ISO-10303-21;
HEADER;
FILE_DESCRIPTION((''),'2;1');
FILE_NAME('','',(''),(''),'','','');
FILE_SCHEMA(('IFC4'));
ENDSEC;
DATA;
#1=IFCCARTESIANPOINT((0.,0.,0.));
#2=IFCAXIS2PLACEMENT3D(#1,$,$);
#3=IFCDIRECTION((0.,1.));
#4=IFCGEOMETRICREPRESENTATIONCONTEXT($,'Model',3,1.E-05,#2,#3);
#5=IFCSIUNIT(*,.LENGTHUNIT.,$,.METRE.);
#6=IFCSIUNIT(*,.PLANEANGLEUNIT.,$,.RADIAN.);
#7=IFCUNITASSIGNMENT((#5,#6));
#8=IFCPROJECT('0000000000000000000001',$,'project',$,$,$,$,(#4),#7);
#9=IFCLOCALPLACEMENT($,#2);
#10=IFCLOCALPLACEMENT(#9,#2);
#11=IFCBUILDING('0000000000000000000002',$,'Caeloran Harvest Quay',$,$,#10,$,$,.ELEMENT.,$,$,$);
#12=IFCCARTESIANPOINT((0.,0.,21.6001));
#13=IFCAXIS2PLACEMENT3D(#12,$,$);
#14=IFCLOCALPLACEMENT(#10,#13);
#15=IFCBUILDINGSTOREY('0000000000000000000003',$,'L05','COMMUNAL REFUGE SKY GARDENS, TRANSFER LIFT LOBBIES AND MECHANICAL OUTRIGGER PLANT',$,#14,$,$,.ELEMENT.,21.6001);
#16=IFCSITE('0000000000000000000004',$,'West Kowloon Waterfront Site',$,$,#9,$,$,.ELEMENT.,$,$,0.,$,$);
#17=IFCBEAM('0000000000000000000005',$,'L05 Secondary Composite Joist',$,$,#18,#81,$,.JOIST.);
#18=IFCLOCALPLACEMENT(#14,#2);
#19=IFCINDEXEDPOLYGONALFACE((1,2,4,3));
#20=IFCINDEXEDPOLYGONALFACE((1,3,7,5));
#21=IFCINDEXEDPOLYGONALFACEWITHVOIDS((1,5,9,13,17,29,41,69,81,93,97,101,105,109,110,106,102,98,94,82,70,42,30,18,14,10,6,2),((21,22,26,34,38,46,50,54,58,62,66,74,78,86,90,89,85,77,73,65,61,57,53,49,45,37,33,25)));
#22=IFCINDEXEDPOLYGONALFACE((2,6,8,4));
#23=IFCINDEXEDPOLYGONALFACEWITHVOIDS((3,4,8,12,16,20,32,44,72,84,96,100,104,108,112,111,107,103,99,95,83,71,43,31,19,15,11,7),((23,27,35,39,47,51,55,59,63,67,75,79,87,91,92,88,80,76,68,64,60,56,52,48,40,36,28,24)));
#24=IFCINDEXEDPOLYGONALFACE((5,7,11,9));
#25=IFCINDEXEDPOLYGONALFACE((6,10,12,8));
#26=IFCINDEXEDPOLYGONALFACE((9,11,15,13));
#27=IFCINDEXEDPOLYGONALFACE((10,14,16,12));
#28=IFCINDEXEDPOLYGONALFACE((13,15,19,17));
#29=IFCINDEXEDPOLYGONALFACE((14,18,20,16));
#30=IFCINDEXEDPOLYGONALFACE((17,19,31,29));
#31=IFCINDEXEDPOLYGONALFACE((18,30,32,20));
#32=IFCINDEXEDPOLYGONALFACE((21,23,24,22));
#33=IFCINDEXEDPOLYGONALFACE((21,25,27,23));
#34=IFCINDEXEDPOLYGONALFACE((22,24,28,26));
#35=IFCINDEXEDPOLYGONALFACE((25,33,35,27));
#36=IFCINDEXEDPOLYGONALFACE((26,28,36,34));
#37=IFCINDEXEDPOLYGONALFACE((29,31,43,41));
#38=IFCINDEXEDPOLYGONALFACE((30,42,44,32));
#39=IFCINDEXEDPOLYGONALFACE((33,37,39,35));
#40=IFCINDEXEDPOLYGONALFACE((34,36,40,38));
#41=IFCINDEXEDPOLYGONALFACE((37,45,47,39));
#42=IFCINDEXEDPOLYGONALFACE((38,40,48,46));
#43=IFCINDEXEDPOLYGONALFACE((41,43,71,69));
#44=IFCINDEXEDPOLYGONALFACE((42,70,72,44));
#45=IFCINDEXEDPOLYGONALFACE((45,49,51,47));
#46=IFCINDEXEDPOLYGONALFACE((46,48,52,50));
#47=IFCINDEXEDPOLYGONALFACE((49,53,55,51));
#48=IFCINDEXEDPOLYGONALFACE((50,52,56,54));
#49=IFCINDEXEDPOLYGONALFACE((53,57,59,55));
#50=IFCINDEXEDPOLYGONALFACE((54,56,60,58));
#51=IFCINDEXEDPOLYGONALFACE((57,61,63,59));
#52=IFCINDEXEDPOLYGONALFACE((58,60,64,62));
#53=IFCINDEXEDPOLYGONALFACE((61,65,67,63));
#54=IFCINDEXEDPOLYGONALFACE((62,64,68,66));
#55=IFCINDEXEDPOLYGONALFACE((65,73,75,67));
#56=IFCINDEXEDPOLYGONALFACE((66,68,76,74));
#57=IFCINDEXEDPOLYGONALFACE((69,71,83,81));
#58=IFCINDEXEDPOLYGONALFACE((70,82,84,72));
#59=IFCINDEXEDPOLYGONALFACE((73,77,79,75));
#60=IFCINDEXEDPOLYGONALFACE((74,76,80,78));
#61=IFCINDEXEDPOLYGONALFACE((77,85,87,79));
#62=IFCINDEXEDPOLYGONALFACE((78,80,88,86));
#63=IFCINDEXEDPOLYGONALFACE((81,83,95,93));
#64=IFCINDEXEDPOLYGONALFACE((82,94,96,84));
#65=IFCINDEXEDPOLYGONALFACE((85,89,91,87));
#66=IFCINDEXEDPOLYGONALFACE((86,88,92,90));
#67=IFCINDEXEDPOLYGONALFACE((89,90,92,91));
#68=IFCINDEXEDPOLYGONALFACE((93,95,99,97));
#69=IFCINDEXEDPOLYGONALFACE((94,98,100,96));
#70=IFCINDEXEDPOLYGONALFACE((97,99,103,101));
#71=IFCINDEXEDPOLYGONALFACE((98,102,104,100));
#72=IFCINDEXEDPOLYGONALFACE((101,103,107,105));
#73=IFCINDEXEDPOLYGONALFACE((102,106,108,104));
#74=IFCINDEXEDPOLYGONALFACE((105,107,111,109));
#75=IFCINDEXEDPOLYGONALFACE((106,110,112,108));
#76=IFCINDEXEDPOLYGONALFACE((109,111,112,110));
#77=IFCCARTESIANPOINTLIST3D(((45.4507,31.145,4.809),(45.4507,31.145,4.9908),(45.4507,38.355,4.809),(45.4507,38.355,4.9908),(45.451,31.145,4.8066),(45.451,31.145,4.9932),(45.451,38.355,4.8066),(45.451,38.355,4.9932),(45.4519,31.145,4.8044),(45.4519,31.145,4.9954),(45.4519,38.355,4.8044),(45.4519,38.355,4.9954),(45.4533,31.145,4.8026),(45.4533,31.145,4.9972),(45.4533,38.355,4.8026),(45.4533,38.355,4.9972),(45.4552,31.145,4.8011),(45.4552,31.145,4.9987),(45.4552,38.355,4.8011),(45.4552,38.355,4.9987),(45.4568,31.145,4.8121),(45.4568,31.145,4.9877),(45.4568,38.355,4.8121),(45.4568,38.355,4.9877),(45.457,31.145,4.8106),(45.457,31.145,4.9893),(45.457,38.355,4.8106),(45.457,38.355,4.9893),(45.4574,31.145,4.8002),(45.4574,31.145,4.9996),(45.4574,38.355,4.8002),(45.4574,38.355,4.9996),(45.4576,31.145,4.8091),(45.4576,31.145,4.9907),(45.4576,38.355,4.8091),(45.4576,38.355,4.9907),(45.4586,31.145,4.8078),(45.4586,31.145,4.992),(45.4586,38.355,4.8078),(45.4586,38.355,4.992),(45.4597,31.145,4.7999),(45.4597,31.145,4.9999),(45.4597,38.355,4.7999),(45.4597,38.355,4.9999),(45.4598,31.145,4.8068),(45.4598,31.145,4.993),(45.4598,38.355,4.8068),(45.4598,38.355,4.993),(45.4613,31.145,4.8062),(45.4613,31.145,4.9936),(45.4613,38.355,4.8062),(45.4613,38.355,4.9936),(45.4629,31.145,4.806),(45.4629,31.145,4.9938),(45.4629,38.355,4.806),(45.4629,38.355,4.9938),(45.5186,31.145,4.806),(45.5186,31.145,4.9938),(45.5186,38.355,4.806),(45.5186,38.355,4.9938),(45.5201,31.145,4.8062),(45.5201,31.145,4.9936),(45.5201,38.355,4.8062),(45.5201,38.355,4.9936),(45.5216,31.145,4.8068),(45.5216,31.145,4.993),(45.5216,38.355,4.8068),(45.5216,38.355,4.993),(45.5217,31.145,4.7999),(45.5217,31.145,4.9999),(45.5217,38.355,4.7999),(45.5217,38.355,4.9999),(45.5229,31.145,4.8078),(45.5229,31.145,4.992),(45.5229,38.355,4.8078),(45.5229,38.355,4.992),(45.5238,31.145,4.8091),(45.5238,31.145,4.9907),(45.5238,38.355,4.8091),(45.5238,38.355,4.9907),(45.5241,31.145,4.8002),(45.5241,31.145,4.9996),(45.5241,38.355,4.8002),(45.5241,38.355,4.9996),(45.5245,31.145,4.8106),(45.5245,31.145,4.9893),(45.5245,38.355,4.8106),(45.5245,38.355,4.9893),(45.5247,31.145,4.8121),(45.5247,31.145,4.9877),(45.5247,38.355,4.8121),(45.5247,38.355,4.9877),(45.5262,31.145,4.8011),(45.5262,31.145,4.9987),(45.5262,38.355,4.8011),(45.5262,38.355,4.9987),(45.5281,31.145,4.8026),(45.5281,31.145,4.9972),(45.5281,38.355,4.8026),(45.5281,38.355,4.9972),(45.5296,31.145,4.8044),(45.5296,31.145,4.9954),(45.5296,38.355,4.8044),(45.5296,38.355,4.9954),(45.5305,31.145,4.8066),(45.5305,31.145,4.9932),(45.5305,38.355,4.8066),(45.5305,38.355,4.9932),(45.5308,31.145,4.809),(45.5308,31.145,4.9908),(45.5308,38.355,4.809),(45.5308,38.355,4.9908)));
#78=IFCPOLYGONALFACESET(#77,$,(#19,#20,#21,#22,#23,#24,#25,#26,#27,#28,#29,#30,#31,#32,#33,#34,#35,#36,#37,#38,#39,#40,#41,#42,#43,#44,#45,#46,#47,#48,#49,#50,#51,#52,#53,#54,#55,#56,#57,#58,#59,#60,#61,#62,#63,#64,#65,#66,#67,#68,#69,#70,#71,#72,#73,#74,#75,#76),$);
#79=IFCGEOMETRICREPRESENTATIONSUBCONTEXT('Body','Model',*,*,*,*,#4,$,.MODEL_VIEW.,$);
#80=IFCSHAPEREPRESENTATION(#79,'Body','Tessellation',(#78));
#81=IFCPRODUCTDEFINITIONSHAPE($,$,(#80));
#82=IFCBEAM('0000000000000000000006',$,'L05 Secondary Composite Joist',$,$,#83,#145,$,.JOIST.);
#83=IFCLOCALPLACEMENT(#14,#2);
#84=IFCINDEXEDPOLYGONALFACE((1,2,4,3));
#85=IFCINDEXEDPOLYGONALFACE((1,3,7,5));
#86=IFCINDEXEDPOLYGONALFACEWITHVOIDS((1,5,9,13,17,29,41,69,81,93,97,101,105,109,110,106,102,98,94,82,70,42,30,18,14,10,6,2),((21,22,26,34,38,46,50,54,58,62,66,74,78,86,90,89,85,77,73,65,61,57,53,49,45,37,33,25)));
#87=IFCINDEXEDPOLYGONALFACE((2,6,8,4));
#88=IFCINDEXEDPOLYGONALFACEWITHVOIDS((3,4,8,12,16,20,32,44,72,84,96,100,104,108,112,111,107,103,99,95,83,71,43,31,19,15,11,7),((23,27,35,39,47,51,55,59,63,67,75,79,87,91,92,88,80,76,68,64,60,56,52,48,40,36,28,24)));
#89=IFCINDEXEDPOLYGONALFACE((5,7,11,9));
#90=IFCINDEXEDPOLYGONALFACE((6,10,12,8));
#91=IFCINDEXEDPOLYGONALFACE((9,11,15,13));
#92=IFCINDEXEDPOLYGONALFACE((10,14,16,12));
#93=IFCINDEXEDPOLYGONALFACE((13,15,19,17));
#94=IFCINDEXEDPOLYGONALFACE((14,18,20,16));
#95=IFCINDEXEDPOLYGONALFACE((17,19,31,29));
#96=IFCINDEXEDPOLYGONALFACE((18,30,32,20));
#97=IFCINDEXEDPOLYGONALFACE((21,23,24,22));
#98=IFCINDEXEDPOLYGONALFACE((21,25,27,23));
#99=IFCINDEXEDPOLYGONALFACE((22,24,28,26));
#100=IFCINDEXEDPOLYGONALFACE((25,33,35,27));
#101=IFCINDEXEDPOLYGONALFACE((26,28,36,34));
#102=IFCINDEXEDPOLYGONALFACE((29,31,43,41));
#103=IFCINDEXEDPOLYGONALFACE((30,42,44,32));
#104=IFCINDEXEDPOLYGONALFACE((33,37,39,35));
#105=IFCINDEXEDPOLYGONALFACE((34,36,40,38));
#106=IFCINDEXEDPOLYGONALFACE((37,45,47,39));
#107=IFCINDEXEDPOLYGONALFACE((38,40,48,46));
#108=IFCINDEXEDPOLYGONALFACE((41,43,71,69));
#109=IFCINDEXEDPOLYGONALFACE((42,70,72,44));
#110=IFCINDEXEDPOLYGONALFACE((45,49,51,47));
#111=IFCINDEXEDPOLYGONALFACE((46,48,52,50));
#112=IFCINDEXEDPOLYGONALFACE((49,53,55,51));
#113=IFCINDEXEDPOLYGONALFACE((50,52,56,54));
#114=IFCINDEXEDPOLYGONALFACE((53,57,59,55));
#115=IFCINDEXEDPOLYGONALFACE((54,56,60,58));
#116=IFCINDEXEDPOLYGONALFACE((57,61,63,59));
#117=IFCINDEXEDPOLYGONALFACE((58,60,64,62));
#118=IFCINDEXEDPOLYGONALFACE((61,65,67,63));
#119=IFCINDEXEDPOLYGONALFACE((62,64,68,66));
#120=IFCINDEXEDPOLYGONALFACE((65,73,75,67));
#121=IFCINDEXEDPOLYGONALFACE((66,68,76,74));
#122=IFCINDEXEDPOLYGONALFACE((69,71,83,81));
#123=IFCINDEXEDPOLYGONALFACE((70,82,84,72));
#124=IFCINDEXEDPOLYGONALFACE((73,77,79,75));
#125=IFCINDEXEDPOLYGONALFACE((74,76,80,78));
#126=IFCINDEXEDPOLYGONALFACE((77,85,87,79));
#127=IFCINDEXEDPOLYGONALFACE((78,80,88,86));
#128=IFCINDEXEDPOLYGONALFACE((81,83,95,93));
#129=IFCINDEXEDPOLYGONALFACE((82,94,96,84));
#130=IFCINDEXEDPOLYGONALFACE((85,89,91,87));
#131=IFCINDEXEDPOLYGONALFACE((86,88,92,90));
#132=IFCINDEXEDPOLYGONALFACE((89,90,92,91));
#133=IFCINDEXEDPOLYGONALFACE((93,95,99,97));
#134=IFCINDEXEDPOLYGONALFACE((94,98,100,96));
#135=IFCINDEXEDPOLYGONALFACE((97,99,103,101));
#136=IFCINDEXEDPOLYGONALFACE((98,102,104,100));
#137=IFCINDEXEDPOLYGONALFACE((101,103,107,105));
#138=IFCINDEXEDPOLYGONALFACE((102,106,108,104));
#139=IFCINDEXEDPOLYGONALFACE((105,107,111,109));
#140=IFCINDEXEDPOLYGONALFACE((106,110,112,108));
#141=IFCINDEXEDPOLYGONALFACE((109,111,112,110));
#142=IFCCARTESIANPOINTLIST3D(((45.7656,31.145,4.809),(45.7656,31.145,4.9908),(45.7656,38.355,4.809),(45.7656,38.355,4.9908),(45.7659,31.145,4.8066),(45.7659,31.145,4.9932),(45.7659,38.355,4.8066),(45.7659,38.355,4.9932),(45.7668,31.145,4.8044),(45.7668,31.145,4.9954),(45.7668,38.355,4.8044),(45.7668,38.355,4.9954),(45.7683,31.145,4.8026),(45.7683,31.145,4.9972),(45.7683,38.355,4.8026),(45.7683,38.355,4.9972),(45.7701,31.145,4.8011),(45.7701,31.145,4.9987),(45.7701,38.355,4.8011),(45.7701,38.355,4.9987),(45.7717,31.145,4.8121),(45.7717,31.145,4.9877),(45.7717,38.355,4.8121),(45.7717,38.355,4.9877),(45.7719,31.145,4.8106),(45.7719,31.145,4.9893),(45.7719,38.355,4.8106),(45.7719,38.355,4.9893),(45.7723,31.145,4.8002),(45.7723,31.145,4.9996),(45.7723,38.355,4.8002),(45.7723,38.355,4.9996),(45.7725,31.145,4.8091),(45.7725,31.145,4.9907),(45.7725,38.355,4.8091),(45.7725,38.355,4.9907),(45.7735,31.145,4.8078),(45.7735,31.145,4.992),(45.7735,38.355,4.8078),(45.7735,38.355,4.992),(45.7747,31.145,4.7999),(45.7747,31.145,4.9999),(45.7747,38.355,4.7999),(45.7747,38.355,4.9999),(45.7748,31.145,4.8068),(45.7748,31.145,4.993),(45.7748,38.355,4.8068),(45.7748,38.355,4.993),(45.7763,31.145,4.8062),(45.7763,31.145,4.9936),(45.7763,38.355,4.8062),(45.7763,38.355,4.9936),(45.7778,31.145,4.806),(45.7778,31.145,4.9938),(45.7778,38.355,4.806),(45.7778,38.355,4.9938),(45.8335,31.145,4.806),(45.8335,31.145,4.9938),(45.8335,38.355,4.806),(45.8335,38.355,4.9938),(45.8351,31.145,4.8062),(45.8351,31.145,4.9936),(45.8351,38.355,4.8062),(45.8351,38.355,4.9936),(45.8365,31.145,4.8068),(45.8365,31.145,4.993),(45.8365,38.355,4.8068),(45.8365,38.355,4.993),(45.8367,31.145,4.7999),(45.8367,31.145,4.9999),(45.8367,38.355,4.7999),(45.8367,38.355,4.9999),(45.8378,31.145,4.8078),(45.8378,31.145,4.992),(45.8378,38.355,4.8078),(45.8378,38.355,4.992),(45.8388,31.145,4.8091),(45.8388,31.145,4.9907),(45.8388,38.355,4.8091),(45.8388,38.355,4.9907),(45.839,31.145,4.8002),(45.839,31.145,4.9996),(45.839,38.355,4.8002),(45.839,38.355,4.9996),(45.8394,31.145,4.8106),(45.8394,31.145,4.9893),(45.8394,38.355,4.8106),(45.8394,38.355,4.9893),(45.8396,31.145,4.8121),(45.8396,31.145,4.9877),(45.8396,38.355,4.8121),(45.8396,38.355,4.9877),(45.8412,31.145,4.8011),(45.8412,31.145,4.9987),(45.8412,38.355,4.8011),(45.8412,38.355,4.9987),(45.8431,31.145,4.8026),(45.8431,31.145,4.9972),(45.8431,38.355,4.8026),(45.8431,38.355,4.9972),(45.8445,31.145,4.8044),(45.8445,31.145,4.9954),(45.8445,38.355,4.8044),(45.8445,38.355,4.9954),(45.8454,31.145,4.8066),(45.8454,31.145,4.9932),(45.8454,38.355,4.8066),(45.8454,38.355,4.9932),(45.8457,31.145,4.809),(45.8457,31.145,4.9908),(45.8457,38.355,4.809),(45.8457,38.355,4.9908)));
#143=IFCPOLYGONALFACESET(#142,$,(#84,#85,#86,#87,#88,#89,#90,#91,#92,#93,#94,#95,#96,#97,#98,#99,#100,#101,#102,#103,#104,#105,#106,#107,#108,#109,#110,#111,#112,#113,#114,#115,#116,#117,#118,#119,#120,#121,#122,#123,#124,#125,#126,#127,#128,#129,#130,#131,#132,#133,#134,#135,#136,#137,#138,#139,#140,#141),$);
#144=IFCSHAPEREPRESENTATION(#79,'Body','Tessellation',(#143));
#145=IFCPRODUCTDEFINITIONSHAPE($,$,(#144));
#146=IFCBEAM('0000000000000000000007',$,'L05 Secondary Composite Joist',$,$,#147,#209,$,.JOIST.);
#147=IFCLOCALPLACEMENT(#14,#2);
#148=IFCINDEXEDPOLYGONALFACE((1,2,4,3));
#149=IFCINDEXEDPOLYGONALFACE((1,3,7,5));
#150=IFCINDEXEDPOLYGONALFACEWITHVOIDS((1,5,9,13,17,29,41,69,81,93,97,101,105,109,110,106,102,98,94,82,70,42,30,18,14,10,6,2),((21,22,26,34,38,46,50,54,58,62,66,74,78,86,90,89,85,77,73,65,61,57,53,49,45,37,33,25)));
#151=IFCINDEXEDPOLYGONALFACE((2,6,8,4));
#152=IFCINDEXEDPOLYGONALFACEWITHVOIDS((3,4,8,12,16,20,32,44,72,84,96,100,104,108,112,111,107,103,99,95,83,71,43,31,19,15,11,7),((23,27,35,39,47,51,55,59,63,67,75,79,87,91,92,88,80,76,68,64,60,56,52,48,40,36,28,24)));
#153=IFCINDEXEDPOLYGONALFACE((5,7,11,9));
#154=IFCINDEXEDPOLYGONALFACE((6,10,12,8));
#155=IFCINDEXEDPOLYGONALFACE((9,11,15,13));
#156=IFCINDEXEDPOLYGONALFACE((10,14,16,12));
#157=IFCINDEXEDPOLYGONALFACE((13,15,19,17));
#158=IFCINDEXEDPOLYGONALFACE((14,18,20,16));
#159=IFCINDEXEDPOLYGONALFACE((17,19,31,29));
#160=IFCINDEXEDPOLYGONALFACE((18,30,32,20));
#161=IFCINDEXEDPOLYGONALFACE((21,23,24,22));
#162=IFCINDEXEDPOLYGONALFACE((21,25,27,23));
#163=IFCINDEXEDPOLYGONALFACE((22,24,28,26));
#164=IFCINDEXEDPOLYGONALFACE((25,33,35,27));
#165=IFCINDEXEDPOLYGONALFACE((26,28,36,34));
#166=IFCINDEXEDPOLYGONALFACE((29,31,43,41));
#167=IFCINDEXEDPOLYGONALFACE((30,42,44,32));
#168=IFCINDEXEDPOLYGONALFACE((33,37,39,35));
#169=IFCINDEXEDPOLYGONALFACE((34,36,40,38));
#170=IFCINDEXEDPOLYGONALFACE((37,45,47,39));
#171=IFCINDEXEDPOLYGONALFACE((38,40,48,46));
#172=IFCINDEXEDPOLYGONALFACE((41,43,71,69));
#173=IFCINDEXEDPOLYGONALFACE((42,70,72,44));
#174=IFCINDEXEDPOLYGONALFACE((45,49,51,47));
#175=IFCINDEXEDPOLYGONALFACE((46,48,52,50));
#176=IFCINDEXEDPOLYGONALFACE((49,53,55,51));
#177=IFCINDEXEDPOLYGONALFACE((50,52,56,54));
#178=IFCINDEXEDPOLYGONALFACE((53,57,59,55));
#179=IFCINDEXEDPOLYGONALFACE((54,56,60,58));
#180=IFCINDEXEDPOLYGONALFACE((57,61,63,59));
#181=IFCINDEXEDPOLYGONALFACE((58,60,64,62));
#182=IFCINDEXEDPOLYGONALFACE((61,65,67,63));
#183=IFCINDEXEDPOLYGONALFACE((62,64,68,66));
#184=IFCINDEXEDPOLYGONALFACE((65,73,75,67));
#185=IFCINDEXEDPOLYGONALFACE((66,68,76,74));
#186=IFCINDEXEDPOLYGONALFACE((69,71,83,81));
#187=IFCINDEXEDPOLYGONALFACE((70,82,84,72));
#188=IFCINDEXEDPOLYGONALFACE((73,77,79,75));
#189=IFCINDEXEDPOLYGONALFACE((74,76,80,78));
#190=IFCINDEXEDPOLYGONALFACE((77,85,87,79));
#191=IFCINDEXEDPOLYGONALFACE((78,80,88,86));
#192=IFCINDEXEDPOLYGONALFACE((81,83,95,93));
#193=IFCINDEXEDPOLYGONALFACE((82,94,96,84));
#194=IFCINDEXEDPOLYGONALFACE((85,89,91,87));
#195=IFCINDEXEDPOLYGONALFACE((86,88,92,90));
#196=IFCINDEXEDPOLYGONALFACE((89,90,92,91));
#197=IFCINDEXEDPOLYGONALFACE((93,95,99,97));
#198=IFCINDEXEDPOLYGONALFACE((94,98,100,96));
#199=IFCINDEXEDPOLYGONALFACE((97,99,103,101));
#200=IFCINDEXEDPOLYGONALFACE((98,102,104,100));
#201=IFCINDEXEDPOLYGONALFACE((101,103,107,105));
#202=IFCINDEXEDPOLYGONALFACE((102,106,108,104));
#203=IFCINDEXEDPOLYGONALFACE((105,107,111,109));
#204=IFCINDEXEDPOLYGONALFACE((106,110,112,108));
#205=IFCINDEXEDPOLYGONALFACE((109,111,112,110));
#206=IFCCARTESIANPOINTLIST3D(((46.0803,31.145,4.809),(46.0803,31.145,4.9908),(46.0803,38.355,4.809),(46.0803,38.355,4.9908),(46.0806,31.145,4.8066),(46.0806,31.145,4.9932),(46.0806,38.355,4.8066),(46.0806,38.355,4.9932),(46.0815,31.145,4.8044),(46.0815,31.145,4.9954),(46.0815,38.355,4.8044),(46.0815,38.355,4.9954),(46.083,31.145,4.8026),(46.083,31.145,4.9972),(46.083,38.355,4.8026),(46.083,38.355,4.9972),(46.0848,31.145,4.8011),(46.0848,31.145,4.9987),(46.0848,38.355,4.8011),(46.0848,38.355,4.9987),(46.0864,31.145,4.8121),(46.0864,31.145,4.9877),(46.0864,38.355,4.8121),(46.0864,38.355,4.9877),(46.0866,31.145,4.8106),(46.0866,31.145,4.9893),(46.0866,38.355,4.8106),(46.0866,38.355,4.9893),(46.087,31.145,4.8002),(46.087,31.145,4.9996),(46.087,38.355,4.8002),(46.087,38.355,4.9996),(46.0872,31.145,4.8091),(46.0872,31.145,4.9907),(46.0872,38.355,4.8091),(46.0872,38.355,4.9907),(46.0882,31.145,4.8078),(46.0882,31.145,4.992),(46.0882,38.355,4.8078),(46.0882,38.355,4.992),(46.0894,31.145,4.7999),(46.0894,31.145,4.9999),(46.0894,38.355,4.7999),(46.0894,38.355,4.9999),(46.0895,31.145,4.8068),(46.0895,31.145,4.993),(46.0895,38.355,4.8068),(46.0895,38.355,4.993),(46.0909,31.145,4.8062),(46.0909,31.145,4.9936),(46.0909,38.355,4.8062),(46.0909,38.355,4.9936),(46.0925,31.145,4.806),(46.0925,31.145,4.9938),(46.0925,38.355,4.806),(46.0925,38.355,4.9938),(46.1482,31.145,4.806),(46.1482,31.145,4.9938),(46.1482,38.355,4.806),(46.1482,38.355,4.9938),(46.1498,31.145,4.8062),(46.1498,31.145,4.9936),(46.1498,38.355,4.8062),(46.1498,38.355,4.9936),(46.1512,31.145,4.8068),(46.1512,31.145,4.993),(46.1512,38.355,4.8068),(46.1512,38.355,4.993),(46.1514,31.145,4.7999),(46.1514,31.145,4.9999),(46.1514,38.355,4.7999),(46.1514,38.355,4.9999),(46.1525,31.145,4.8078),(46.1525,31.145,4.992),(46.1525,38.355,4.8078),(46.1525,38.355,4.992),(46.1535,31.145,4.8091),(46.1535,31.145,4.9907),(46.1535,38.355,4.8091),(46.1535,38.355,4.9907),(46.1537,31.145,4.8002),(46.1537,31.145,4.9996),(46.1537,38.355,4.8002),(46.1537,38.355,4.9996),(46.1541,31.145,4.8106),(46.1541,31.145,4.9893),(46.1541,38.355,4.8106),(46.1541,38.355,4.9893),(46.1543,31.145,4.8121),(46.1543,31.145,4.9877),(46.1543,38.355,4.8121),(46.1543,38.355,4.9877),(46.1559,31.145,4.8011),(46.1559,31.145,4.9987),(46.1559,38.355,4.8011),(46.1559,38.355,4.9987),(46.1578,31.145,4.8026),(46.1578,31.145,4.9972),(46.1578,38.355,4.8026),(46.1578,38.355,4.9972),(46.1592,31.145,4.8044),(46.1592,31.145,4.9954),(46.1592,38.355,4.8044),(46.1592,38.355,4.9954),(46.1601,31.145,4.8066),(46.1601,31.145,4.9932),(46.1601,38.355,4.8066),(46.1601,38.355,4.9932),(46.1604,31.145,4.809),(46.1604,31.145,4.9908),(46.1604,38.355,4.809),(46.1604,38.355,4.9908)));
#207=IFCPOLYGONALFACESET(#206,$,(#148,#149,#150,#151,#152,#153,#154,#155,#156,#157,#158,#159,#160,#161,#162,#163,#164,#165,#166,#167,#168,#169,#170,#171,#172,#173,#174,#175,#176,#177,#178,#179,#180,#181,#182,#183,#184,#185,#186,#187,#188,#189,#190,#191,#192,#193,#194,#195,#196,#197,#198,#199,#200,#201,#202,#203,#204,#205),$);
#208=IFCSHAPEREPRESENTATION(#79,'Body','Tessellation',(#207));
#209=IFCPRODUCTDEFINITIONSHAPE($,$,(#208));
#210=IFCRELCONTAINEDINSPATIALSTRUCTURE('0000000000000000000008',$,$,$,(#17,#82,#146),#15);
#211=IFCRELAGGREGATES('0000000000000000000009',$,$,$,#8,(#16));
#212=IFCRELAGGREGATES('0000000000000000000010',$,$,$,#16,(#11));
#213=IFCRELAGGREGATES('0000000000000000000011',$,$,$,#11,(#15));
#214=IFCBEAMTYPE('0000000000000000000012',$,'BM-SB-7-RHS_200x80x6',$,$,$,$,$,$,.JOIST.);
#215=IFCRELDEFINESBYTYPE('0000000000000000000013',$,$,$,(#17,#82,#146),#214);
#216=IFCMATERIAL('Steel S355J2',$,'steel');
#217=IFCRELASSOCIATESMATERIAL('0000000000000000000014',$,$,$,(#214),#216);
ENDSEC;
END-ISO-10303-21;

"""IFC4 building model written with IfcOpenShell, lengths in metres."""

from ifc_helpers import new_model, si_unit, direction, frame, origin, origin_2d, place, context, subcontext, project, spatial, hollow_rectangle, extrude, material, material_profile, profile_set, type_object, element, save


model = new_model("IFC4")

# Units and contexts
model_context = context("Model", 3, precision=1e-05, world=origin(), true_north=direction((0.0, 1.0)))
body_context = subcontext(model_context, "Body", "Model", "MODEL_VIEW")
ifc_project = project(units=[si_unit("LENGTHUNIT", "METRE"), si_unit("PLANEANGLEUNIT", "RADIAN")], contexts=[model_context])

# Site, building, storey
site_placement = place(None, origin())
site = spatial("IfcSite", under=ifc_project, at=site_placement, Name="West Kowloon Waterfront Site", CompositionType="ELEMENT", RefElevation=0.0)
building_placement = place(site_placement, origin())
building = spatial("IfcBuilding", under=site, at=building_placement, Name="Caeloran Harvest Quay", CompositionType="ELEMENT")
storey_placement = place(building_placement, frame((0.0, 0.0, 21.6001)))
storey = spatial("IfcBuildingStorey", under=building, at=storey_placement, Name="L05", Description="COMMUNAL REFUGE SKY GARDENS, TRANSFER LIFT LOBBIES AND MECHANICAL OUTRIGGER PLANT", CompositionType="ELEMENT", Elevation=21.6001)

# Beams
ifc_material_1 = material(Name="Steel S355J2", Category="steel")
ifc_material_profile_1 = material_profile(ifc_material_1, hollow_rectangle(XDim=0.0801, YDim=0.2, WallThickness=0.0061, InnerFilletRadius=0.0061, OuterFilletRadius=0.009, at=origin_2d()), Name="RHS 200x80x6")
ifc_profile_set_1 = profile_set([ifc_material_profile_1], Name="Steel S355J2")
beam_type_1 = type_object("IfcBeamType", Name="BM-SB-7-RHS_200x80x6", PredefinedType="JOIST", material=ifc_profile_set_1)
for number, where, z_axis, x_axis, name in (
    (1, (45.4907, 31.145, 4.8999), (0.0, 1.0, 0.0), (-1.0, 0.0, 0.0), "L05 Secondary Composite Joist"),
    (2, (45.8057, 31.145, 4.8999), (0.0, 1.0, 0.0), (-1.0, 0.0, 0.0), "L05 Secondary Composite Joist"),
    (3, (46.1204, 31.145, 4.8999), (0.0, 1.0, 0.0), (-1.0, 0.0, 0.0), "L05 Secondary Composite Joist"),
):
    element("IfcBeam", number, at=place(storey_placement, frame(where, z_axis=z_axis, x_axis=x_axis)), inside=storey, type_object=beam_type_1, Name=name, PredefinedType="JOIST", context=body_context, shape_type="SweptSolid", body=[
        extrude(hollow_rectangle(XDim=0.0801, YDim=0.2, WallThickness=0.0061, InnerFilletRadius=0.0061, OuterFilletRadius=0.009, at=origin_2d()), origin(), (0.0, 0.0, 1.0), 7.21),
    ])

save(model, "model.ifc")
